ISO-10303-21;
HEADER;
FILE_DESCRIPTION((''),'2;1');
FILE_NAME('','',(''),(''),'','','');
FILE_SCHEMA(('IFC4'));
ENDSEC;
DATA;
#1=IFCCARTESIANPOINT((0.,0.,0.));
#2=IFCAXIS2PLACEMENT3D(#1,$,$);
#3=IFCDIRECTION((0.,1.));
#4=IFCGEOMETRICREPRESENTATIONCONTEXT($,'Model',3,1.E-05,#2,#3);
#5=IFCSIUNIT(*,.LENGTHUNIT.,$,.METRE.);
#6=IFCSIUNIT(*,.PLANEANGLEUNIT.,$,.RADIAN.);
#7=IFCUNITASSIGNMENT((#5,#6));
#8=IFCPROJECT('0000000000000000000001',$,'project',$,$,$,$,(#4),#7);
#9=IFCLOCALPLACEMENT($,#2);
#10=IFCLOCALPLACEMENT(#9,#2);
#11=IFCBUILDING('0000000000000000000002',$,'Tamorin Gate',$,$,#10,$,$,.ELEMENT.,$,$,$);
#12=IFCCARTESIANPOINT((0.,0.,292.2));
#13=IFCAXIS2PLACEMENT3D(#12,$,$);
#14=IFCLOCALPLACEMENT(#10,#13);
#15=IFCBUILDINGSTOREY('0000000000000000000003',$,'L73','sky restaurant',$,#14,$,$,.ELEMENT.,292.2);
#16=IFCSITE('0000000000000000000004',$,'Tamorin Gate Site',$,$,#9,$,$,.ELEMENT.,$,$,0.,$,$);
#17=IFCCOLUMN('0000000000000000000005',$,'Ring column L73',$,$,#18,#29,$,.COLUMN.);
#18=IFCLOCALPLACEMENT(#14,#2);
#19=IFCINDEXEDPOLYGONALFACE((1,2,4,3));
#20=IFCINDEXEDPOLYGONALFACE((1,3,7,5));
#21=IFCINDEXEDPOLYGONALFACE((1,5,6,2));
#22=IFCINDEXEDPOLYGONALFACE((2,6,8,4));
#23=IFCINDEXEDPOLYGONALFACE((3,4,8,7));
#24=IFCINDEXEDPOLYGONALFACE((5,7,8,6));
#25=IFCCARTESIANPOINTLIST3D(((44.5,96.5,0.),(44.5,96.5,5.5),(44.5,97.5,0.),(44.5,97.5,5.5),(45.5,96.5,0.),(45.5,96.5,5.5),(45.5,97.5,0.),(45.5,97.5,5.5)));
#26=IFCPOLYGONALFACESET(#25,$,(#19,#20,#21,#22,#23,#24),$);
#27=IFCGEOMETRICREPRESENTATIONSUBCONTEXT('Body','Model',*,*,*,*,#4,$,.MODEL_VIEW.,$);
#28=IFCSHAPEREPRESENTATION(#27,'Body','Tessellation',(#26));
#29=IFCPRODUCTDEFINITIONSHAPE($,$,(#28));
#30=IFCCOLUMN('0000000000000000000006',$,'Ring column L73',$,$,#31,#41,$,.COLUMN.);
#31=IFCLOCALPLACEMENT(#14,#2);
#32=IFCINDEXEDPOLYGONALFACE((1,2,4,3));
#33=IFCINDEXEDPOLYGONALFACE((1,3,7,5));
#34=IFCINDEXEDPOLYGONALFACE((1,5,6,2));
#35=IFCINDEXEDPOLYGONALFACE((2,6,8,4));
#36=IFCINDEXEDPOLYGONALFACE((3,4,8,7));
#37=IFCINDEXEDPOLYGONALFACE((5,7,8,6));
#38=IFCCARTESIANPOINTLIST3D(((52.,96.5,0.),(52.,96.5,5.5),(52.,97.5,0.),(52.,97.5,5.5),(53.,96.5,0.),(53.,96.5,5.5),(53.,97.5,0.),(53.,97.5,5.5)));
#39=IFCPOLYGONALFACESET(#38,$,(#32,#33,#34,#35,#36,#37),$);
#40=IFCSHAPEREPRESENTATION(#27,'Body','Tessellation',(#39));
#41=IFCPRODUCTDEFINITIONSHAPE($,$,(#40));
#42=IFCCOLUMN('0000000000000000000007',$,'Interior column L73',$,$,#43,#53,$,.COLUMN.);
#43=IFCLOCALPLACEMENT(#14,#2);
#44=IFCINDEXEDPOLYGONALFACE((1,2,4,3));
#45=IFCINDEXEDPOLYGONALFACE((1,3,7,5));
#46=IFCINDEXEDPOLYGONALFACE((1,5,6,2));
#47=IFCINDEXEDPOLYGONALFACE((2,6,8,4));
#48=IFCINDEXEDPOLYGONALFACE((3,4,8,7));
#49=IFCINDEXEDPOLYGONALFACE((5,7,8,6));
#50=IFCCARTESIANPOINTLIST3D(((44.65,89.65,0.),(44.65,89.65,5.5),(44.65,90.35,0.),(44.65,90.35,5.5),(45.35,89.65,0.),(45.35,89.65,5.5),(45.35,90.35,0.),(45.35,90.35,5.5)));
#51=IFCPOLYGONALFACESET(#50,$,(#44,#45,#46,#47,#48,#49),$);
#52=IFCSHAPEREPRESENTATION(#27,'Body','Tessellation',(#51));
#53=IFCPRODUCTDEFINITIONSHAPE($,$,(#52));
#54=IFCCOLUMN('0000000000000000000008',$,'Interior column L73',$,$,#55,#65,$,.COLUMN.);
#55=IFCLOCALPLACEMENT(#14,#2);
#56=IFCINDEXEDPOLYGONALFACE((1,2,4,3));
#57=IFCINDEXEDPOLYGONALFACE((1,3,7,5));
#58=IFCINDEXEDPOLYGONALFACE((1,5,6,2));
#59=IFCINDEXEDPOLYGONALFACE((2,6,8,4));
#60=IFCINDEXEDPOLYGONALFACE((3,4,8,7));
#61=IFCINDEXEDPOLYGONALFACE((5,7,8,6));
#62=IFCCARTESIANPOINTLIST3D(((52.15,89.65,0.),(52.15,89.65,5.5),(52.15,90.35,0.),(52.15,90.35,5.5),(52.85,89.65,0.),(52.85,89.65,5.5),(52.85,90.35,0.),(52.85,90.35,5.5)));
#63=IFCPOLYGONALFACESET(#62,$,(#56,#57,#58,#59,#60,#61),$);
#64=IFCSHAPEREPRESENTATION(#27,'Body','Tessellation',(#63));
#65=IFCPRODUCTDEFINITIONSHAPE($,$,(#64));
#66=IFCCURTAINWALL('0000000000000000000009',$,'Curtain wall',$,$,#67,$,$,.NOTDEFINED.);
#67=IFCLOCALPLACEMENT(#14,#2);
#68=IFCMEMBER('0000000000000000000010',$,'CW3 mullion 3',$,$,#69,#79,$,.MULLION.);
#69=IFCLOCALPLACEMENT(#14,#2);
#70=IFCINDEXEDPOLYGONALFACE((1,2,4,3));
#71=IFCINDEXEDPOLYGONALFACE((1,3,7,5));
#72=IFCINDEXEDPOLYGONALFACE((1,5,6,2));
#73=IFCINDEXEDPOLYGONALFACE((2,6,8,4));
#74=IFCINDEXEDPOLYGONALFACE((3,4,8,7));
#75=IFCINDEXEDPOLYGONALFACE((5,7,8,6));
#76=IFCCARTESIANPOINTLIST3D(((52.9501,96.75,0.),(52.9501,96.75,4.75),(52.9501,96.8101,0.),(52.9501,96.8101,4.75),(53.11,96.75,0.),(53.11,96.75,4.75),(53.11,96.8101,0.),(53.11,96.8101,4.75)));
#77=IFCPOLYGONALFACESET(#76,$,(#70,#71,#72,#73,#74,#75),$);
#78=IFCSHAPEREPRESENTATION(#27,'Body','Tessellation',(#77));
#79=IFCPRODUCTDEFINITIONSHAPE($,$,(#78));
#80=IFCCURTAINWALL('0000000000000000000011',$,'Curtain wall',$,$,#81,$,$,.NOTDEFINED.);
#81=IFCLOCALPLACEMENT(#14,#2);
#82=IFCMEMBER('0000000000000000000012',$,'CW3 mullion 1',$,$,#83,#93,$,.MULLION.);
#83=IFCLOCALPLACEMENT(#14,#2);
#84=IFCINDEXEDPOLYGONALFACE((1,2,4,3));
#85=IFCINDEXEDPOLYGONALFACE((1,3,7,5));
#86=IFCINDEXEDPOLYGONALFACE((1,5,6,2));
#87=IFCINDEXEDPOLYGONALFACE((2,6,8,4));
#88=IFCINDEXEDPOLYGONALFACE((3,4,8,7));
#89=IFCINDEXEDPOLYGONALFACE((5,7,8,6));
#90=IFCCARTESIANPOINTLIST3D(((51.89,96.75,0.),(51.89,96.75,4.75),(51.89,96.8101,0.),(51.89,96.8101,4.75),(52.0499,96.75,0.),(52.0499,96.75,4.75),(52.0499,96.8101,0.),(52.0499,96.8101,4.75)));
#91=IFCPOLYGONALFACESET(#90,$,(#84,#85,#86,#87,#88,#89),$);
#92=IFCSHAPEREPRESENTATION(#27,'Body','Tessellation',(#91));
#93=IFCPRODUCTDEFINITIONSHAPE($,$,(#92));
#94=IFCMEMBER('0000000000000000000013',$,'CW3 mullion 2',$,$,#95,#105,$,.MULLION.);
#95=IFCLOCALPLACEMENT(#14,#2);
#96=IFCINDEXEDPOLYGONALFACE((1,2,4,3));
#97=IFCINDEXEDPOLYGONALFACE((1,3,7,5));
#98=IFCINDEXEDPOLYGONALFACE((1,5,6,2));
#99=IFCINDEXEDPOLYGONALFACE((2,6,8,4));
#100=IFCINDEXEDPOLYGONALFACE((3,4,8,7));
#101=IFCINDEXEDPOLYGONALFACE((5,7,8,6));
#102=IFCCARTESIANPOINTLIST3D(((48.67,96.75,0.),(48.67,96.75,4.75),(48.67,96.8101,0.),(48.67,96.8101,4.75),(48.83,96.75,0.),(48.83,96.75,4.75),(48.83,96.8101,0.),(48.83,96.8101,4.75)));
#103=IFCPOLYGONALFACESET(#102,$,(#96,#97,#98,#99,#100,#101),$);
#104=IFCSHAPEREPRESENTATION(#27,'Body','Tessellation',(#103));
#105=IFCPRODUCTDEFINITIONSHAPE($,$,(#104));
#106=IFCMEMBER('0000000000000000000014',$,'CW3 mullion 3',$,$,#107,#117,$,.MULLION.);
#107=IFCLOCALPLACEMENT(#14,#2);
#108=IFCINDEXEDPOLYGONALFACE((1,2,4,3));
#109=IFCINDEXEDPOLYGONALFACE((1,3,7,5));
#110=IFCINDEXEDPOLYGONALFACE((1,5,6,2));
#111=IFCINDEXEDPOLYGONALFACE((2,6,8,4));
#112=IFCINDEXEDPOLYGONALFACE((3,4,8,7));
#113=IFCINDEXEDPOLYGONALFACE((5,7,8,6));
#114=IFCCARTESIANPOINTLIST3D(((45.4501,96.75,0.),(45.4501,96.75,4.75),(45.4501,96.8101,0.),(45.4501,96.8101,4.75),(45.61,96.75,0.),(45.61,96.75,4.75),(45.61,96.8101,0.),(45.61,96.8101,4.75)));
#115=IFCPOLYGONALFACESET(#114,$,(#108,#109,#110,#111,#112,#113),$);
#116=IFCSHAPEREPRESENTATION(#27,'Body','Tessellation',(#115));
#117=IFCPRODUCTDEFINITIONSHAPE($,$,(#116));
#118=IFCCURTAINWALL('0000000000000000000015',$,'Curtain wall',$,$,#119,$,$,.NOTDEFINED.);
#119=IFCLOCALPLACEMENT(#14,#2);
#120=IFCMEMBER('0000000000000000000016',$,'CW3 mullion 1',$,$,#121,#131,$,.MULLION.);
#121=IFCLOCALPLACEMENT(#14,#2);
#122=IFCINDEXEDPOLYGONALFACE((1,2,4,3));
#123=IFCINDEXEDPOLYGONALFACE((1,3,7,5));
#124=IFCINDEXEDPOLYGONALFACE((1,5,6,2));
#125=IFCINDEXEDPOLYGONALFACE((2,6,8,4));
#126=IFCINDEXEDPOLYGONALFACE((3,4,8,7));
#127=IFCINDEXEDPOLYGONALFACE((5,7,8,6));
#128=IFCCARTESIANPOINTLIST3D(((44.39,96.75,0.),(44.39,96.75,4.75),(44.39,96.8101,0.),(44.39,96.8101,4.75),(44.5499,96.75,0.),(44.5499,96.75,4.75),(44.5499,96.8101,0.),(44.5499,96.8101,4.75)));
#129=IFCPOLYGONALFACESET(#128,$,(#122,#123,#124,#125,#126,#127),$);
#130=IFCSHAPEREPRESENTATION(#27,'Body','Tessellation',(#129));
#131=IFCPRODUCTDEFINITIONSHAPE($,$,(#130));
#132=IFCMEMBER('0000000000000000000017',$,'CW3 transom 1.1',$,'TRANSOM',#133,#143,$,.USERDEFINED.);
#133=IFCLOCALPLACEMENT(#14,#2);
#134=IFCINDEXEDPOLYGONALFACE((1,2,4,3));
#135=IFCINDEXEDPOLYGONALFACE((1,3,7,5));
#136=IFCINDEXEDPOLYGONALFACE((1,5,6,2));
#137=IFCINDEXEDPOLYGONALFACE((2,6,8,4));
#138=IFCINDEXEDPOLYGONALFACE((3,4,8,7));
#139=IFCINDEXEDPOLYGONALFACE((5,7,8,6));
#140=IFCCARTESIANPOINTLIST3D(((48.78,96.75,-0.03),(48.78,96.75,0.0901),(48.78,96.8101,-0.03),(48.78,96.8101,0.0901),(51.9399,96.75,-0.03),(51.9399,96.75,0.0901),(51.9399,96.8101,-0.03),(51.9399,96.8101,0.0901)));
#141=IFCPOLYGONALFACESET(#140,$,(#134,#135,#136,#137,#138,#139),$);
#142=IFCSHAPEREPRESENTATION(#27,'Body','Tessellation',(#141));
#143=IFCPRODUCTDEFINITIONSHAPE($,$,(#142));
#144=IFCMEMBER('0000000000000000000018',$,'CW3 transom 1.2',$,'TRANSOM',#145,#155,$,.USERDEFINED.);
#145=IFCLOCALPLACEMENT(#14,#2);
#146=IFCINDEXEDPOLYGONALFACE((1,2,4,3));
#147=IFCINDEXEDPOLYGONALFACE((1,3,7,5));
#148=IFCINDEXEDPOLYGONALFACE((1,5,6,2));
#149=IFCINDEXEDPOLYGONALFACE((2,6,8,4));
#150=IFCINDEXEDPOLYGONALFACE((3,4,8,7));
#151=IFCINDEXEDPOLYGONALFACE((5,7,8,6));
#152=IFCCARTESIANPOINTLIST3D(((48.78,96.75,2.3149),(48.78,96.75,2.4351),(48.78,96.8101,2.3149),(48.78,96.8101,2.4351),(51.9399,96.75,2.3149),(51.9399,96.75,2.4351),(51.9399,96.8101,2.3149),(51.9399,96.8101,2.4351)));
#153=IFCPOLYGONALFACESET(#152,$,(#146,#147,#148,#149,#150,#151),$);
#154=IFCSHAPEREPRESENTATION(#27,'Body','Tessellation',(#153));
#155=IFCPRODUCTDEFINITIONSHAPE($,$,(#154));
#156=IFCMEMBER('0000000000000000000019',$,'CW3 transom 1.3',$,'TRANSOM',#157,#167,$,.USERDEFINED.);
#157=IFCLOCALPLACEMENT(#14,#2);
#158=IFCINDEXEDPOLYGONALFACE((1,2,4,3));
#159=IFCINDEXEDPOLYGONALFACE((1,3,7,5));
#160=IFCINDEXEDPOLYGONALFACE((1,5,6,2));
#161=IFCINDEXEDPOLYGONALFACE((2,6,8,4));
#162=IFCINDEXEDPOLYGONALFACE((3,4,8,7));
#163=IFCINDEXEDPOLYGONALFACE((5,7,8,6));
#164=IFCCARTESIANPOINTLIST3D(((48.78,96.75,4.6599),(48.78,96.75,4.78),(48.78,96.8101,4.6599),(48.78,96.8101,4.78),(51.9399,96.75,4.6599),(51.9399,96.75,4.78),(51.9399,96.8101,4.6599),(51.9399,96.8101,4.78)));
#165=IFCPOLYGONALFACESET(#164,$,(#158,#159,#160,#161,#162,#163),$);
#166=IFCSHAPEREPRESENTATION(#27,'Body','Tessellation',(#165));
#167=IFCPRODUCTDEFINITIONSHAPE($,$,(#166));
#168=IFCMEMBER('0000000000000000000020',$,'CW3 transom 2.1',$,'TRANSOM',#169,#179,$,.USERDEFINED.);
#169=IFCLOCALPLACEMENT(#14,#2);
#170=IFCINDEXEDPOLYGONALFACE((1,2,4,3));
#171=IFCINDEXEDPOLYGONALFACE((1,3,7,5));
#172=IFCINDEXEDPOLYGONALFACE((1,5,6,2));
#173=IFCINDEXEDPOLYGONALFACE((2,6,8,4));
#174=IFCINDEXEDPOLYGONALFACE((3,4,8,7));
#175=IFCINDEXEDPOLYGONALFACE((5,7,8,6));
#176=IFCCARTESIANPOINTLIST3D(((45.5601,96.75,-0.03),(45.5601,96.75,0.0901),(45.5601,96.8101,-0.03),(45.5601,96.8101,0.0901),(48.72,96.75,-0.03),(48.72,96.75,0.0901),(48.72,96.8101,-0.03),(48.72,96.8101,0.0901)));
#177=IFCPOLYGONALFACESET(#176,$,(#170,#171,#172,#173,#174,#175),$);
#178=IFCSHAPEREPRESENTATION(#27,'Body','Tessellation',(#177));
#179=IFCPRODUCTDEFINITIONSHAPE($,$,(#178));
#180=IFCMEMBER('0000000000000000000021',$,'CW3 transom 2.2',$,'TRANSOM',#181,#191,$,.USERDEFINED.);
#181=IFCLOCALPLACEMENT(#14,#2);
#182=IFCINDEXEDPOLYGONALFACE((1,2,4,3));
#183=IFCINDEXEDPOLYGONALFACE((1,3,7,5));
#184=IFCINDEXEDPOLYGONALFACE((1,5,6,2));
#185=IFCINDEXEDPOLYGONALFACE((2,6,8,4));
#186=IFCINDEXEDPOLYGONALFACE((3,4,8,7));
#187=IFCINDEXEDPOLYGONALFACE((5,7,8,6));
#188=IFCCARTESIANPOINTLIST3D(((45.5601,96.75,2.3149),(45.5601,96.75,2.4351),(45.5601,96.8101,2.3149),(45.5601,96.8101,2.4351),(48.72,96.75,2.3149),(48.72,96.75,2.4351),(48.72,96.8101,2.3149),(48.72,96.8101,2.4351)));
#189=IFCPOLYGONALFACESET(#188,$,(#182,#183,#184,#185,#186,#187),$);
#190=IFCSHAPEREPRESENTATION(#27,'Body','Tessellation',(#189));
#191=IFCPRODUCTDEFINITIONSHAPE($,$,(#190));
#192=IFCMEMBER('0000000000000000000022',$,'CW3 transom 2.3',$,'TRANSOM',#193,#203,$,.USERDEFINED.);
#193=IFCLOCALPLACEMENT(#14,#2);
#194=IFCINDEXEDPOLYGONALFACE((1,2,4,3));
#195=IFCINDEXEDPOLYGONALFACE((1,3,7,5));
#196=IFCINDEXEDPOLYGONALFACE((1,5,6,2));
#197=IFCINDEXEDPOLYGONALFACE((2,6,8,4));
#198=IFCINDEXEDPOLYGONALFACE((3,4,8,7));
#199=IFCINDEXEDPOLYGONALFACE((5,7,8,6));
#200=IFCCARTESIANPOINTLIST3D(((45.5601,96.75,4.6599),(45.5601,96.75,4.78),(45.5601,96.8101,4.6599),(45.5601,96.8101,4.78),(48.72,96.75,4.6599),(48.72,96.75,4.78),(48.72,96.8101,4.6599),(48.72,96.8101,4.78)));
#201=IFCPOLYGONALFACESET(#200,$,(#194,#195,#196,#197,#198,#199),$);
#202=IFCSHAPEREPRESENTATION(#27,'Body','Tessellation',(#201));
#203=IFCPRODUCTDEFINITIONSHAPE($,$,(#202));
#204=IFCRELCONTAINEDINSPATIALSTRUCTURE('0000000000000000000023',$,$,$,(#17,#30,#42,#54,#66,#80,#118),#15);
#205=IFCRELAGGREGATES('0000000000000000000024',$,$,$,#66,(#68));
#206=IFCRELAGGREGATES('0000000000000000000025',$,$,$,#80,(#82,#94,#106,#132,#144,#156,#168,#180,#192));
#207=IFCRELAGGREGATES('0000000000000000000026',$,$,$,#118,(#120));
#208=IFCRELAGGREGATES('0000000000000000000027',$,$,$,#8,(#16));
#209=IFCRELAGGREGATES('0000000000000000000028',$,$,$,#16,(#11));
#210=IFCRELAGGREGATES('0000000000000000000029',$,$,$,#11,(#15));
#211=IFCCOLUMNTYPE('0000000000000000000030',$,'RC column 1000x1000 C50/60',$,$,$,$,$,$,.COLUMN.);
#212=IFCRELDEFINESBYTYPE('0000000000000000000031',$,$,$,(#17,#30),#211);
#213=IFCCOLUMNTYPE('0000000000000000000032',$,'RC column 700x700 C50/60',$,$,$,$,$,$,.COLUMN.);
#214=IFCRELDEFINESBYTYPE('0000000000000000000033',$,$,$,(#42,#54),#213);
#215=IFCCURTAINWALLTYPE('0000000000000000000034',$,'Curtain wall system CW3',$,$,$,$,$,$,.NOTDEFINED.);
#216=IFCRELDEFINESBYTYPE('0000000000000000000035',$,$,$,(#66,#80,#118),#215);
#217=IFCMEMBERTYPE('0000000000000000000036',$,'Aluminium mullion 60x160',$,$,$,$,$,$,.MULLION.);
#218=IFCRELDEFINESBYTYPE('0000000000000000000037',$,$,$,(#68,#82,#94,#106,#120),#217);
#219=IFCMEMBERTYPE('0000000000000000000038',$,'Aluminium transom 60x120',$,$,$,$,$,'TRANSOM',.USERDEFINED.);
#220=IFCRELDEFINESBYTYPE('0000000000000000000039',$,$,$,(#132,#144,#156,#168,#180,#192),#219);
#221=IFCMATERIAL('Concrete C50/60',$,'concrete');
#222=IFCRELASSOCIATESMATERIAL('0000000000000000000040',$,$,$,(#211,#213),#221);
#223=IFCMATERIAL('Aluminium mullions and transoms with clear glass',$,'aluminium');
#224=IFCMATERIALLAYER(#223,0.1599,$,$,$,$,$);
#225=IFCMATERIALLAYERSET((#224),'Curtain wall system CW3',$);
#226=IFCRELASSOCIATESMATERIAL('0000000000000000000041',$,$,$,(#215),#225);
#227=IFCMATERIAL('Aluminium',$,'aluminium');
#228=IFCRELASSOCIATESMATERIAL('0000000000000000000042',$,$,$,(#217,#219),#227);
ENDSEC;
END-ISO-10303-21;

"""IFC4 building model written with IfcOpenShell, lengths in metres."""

from ifc_helpers import new_model, si_unit, direction, frame, origin, origin_2d, place, context, subcontext, project, spatial, rectangle, extrude, material, layer, layer_set, material_profile, profile_set, type_object, element, aggregate, save


model = new_model("IFC4")

# Units and contexts
model_context = context("Model", 3, precision=1e-05, world=origin(), true_north=direction((0.0, 1.0)))
body_context = subcontext(model_context, "Body", "Model", "MODEL_VIEW")
ifc_project = project(units=[si_unit("LENGTHUNIT", "METRE"), si_unit("PLANEANGLEUNIT", "RADIAN")], contexts=[model_context])

# Site, building, storey
site_placement = place(None, origin())
site = spatial("IfcSite", under=ifc_project, at=site_placement, Name="Tamorin Gate Site", CompositionType="ELEMENT", RefElevation=0.0)
building_placement = place(site_placement, origin())
building = spatial("IfcBuilding", under=site, at=building_placement, Name="Tamorin Gate", CompositionType="ELEMENT")
storey_placement = place(building_placement, frame((0.0, 0.0, 292.2)))
storey = spatial("IfcBuildingStorey", under=building, at=storey_placement, Name="L73", Description="sky restaurant", CompositionType="ELEMENT", Elevation=292.2)

# Columns
ifc_material_1 = material(Name="Concrete C50/60", Category="concrete")
ifc_material_profile_1 = material_profile(ifc_material_1, rectangle(XDim=1.0, YDim=1.0, at=origin_2d()), Name="RC 1000x1000")
ifc_profile_set_1 = profile_set([ifc_material_profile_1], Name="Concrete C50/60")
column_type_1 = type_object("IfcColumnType", Name="RC column 1000x1000 C50/60", PredefinedType="COLUMN", material=ifc_profile_set_1)
for number, where, z_axis, x_axis, name in (
    (1, (45.0, 97.0, 0.0), (0.0, 0.0, 1.0), (1.0, 0.0, 0.0), "Ring column L73"),
    (2, (52.5, 97.0, 0.0), (0.0, 0.0, 1.0), (1.0, 0.0, 0.0), "Ring column L73"),
):
    element("IfcColumn", number, at=place(storey_placement, frame(where, z_axis=z_axis, x_axis=x_axis)), inside=storey, type_object=column_type_1, Name=name, PredefinedType="COLUMN", context=body_context, shape_type="SweptSolid", body=[
        extrude(rectangle(XDim=1.0, YDim=1.0, at=origin_2d()), origin(), (0.0, 0.0, 1.0), 5.5),
    ])
ifc_material_profile_2 = material_profile(ifc_material_1, rectangle(XDim=0.7, YDim=0.7, at=origin_2d()), Name="RC 700x700")
ifc_profile_set_2 = profile_set([ifc_material_profile_2], Name="Concrete C50/60")
column_type_2 = type_object("IfcColumnType", Name="RC column 700x700 C50/60", PredefinedType="COLUMN", material=ifc_profile_set_2)
for number, where, z_axis, x_axis, name in (
    (3, (45.0, 90.0, 0.0), (0.0, 0.0, 1.0), (1.0, 0.0, 0.0), "Interior column L73"),
    (4, (52.5, 90.0, 0.0), (0.0, 0.0, 1.0), (1.0, 0.0, 0.0), "Interior column L73"),
):
    element("IfcColumn", number, at=place(storey_placement, frame(where, z_axis=z_axis, x_axis=x_axis)), inside=storey, type_object=column_type_2, Name=name, PredefinedType="COLUMN", context=body_context, shape_type="SweptSolid", body=[
        extrude(rectangle(XDim=0.7, YDim=0.7, at=origin_2d()), origin(), (0.0, 0.0, 1.0), 5.5),
    ])

# Curtain wall, member
ifc_material_2 = material(Name="Aluminium mullions and transoms with clear glass", Category="aluminium")
ifc_layer_1 = layer(ifc_material_2, 0.1599)
ifc_layer_set_1 = layer_set([ifc_layer_1], Name="Curtain wall system CW3")
curtain_wall_type = type_object("IfcCurtainWallType", Name="Curtain wall system CW3", PredefinedType="NOTDEFINED", material=ifc_layer_set_1)
curtain_wall_1_placement = place(storey_placement, origin())
curtain_wall_1 = element("IfcCurtainWall", 5, at=curtain_wall_1_placement, inside=storey, type_object=curtain_wall_type, Name="Curtain wall", PredefinedType="NOTDEFINED")
ifc_material_3 = material(Name="Aluminium", Category="aluminium")
ifc_material_profile_3 = material_profile(ifc_material_3, rectangle(XDim=0.0601, YDim=0.1599, at=origin_2d()), Name="RECT 60x160")
ifc_profile_set_3 = profile_set([ifc_material_profile_3], Name="Aluminium")
member_type_1 = type_object("IfcMemberType", Name="Aluminium mullion 60x160", PredefinedType="MULLION", material=ifc_profile_set_3)
member_1_placement = place(storey_placement, frame((53.03, 96.78, 0.0), z_axis=(0.0, 0.0, 1.0), x_axis=(0.0, -1.0, 0.0)))
member_1 = element("IfcMember", 6, at=member_1_placement, type_object=member_type_1, Name="CW3 mullion 3", PredefinedType="MULLION", context=body_context, shape_type="SweptSolid", body=[
    extrude(rectangle(XDim=0.0601, YDim=0.1599, at=origin_2d()), origin(), (0.0, 0.0, 1.0), 4.75),
])
aggregate(curtain_wall_1, [member_1])

# Curtain wall, members
curtain_wall_2_placement = place(storey_placement, origin())
curtain_wall_2 = element("IfcCurtainWall", 7, at=curtain_wall_2_placement, inside=storey, type_object=curtain_wall_type, Name="Curtain wall", PredefinedType="NOTDEFINED")
member_2_placement = place(storey_placement, frame((51.97, 96.78, 0.0), z_axis=(0.0, 0.0, 1.0), x_axis=(0.0, -1.0, 0.0)))
member_2 = element("IfcMember", 8, at=member_2_placement, type_object=member_type_1, Name="CW3 mullion 1", PredefinedType="MULLION", context=body_context, shape_type="SweptSolid", body=[
    extrude(rectangle(XDim=0.0601, YDim=0.1599, at=origin_2d()), origin(), (0.0, 0.0, 1.0), 4.75),
])
member_3_placement = place(storey_placement, frame((48.75, 96.78, 0.0), z_axis=(0.0, 0.0, 1.0), x_axis=(0.0, -1.0, 0.0)))
member_3 = element("IfcMember", 9, at=member_3_placement, type_object=member_type_1, Name="CW3 mullion 2", PredefinedType="MULLION", context=body_context, shape_type="SweptSolid", body=[
    extrude(rectangle(XDim=0.0601, YDim=0.1599, at=origin_2d()), origin(), (0.0, 0.0, 1.0), 4.75),
])
member_4_placement = place(storey_placement, frame((45.53, 96.78, 0.0), z_axis=(0.0, 0.0, 1.0), x_axis=(0.0, -1.0, 0.0)))
member_4 = element("IfcMember", 10, at=member_4_placement, type_object=member_type_1, Name="CW3 mullion 3", PredefinedType="MULLION", context=body_context, shape_type="SweptSolid", body=[
    extrude(rectangle(XDim=0.0601, YDim=0.1599, at=origin_2d()), origin(), (0.0, 0.0, 1.0), 4.75),
])

# Curtain wall, member
curtain_wall_3_placement = place(storey_placement, origin())
curtain_wall_3 = element("IfcCurtainWall", 11, at=curtain_wall_3_placement, inside=storey, type_object=curtain_wall_type, Name="Curtain wall", PredefinedType="NOTDEFINED")
member_5_placement = place(storey_placement, frame((44.47, 96.78, 0.0), z_axis=(0.0, 0.0, 1.0), x_axis=(0.0, -1.0, 0.0)))
member_5 = element("IfcMember", 12, at=member_5_placement, type_object=member_type_1, Name="CW3 mullion 1", PredefinedType="MULLION", context=body_context, shape_type="SweptSolid", body=[
    extrude(rectangle(XDim=0.0601, YDim=0.1599, at=origin_2d()), origin(), (0.0, 0.0, 1.0), 4.75),
])

# Members
ifc_material_profile_4 = material_profile(ifc_material_3, rectangle(XDim=0.0601, YDim=0.1201, at=origin_2d()), Name="RECT 60x120")
ifc_profile_set_4 = profile_set([ifc_material_profile_4], Name="Aluminium")
member_type_2 = type_object("IfcMemberType", Name="Aluminium transom 60x120", ElementType="TRANSOM", PredefinedType="USERDEFINED", material=ifc_profile_set_4)
member_6_placement = place(storey_placement, frame((51.9399, 96.78, 0.03), z_axis=(-1.0, 0.0, 0.0), x_axis=(0.0, -1.0, 0.0)))
member_6 = element("IfcMember", 13, at=member_6_placement, type_object=member_type_2, Name="CW3 transom 1.1", ObjectType="TRANSOM", PredefinedType="USERDEFINED", context=body_context, shape_type="SweptSolid", body=[
    extrude(rectangle(XDim=0.0601, YDim=0.1201, at=origin_2d()), origin(), (0.0, 0.0, 1.0), 3.1599),
])
member_7_placement = place(storey_placement, frame((51.9399, 96.78, 2.375), z_axis=(-1.0, 0.0, 0.0), x_axis=(0.0, -1.0, 0.0)))
member_7 = element("IfcMember", 14, at=member_7_placement, type_object=member_type_2, Name="CW3 transom 1.2", ObjectType="TRANSOM", PredefinedType="USERDEFINED", context=body_context, shape_type="SweptSolid", body=[
    extrude(rectangle(XDim=0.0601, YDim=0.1201, at=origin_2d()), origin(), (0.0, 0.0, 1.0), 3.1599),
])
member_8_placement = place(storey_placement, frame((51.9399, 96.78, 4.72), z_axis=(-1.0, 0.0, 0.0), x_axis=(0.0, -1.0, 0.0)))
member_8 = element("IfcMember", 15, at=member_8_placement, type_object=member_type_2, Name="CW3 transom 1.3", ObjectType="TRANSOM", PredefinedType="USERDEFINED", context=body_context, shape_type="SweptSolid", body=[
    extrude(rectangle(XDim=0.0601, YDim=0.1201, at=origin_2d()), origin(), (0.0, 0.0, 1.0), 3.1599),
])
member_9_placement = place(storey_placement, frame((48.72, 96.78, 0.03), z_axis=(-1.0, 0.0, 0.0), x_axis=(0.0, -1.0, 0.0)))
member_9 = element("IfcMember", 16, at=member_9_placement, type_object=member_type_2, Name="CW3 transom 2.1", ObjectType="TRANSOM", PredefinedType="USERDEFINED", context=body_context, shape_type="SweptSolid", body=[
    extrude(rectangle(XDim=0.0601, YDim=0.1201, at=origin_2d()), origin(), (0.0, 0.0, 1.0), 3.1599),
])
member_10_placement = place(storey_placement, frame((48.72, 96.78, 2.375), z_axis=(-1.0, 0.0, 0.0), x_axis=(0.0, -1.0, 0.0)))
member_10 = element("IfcMember", 17, at=member_10_placement, type_object=member_type_2, Name="CW3 transom 2.2", ObjectType="TRANSOM", PredefinedType="USERDEFINED", context=body_context, shape_type="SweptSolid", body=[
    extrude(rectangle(XDim=0.0601, YDim=0.1201, at=origin_2d()), origin(), (0.0, 0.0, 1.0), 3.1599),
])
member_11_placement = place(storey_placement, frame((48.72, 96.78, 4.72), z_axis=(-1.0, 0.0, 0.0), x_axis=(0.0, -1.0, 0.0)))
member_11 = element("IfcMember", 18, at=member_11_placement, type_object=member_type_2, Name="CW3 transom 2.3", ObjectType="TRANSOM", PredefinedType="USERDEFINED", context=body_context, shape_type="SweptSolid", body=[
    extrude(rectangle(XDim=0.0601, YDim=0.1201, at=origin_2d()), origin(), (0.0, 0.0, 1.0), 3.1599),
])

aggregate(curtain_wall_2, [member_2, member_3, member_4, member_6, member_7, member_8, member_9, member_10, member_11])
aggregate(curtain_wall_3, [member_5])

save(model, "model.ifc")
